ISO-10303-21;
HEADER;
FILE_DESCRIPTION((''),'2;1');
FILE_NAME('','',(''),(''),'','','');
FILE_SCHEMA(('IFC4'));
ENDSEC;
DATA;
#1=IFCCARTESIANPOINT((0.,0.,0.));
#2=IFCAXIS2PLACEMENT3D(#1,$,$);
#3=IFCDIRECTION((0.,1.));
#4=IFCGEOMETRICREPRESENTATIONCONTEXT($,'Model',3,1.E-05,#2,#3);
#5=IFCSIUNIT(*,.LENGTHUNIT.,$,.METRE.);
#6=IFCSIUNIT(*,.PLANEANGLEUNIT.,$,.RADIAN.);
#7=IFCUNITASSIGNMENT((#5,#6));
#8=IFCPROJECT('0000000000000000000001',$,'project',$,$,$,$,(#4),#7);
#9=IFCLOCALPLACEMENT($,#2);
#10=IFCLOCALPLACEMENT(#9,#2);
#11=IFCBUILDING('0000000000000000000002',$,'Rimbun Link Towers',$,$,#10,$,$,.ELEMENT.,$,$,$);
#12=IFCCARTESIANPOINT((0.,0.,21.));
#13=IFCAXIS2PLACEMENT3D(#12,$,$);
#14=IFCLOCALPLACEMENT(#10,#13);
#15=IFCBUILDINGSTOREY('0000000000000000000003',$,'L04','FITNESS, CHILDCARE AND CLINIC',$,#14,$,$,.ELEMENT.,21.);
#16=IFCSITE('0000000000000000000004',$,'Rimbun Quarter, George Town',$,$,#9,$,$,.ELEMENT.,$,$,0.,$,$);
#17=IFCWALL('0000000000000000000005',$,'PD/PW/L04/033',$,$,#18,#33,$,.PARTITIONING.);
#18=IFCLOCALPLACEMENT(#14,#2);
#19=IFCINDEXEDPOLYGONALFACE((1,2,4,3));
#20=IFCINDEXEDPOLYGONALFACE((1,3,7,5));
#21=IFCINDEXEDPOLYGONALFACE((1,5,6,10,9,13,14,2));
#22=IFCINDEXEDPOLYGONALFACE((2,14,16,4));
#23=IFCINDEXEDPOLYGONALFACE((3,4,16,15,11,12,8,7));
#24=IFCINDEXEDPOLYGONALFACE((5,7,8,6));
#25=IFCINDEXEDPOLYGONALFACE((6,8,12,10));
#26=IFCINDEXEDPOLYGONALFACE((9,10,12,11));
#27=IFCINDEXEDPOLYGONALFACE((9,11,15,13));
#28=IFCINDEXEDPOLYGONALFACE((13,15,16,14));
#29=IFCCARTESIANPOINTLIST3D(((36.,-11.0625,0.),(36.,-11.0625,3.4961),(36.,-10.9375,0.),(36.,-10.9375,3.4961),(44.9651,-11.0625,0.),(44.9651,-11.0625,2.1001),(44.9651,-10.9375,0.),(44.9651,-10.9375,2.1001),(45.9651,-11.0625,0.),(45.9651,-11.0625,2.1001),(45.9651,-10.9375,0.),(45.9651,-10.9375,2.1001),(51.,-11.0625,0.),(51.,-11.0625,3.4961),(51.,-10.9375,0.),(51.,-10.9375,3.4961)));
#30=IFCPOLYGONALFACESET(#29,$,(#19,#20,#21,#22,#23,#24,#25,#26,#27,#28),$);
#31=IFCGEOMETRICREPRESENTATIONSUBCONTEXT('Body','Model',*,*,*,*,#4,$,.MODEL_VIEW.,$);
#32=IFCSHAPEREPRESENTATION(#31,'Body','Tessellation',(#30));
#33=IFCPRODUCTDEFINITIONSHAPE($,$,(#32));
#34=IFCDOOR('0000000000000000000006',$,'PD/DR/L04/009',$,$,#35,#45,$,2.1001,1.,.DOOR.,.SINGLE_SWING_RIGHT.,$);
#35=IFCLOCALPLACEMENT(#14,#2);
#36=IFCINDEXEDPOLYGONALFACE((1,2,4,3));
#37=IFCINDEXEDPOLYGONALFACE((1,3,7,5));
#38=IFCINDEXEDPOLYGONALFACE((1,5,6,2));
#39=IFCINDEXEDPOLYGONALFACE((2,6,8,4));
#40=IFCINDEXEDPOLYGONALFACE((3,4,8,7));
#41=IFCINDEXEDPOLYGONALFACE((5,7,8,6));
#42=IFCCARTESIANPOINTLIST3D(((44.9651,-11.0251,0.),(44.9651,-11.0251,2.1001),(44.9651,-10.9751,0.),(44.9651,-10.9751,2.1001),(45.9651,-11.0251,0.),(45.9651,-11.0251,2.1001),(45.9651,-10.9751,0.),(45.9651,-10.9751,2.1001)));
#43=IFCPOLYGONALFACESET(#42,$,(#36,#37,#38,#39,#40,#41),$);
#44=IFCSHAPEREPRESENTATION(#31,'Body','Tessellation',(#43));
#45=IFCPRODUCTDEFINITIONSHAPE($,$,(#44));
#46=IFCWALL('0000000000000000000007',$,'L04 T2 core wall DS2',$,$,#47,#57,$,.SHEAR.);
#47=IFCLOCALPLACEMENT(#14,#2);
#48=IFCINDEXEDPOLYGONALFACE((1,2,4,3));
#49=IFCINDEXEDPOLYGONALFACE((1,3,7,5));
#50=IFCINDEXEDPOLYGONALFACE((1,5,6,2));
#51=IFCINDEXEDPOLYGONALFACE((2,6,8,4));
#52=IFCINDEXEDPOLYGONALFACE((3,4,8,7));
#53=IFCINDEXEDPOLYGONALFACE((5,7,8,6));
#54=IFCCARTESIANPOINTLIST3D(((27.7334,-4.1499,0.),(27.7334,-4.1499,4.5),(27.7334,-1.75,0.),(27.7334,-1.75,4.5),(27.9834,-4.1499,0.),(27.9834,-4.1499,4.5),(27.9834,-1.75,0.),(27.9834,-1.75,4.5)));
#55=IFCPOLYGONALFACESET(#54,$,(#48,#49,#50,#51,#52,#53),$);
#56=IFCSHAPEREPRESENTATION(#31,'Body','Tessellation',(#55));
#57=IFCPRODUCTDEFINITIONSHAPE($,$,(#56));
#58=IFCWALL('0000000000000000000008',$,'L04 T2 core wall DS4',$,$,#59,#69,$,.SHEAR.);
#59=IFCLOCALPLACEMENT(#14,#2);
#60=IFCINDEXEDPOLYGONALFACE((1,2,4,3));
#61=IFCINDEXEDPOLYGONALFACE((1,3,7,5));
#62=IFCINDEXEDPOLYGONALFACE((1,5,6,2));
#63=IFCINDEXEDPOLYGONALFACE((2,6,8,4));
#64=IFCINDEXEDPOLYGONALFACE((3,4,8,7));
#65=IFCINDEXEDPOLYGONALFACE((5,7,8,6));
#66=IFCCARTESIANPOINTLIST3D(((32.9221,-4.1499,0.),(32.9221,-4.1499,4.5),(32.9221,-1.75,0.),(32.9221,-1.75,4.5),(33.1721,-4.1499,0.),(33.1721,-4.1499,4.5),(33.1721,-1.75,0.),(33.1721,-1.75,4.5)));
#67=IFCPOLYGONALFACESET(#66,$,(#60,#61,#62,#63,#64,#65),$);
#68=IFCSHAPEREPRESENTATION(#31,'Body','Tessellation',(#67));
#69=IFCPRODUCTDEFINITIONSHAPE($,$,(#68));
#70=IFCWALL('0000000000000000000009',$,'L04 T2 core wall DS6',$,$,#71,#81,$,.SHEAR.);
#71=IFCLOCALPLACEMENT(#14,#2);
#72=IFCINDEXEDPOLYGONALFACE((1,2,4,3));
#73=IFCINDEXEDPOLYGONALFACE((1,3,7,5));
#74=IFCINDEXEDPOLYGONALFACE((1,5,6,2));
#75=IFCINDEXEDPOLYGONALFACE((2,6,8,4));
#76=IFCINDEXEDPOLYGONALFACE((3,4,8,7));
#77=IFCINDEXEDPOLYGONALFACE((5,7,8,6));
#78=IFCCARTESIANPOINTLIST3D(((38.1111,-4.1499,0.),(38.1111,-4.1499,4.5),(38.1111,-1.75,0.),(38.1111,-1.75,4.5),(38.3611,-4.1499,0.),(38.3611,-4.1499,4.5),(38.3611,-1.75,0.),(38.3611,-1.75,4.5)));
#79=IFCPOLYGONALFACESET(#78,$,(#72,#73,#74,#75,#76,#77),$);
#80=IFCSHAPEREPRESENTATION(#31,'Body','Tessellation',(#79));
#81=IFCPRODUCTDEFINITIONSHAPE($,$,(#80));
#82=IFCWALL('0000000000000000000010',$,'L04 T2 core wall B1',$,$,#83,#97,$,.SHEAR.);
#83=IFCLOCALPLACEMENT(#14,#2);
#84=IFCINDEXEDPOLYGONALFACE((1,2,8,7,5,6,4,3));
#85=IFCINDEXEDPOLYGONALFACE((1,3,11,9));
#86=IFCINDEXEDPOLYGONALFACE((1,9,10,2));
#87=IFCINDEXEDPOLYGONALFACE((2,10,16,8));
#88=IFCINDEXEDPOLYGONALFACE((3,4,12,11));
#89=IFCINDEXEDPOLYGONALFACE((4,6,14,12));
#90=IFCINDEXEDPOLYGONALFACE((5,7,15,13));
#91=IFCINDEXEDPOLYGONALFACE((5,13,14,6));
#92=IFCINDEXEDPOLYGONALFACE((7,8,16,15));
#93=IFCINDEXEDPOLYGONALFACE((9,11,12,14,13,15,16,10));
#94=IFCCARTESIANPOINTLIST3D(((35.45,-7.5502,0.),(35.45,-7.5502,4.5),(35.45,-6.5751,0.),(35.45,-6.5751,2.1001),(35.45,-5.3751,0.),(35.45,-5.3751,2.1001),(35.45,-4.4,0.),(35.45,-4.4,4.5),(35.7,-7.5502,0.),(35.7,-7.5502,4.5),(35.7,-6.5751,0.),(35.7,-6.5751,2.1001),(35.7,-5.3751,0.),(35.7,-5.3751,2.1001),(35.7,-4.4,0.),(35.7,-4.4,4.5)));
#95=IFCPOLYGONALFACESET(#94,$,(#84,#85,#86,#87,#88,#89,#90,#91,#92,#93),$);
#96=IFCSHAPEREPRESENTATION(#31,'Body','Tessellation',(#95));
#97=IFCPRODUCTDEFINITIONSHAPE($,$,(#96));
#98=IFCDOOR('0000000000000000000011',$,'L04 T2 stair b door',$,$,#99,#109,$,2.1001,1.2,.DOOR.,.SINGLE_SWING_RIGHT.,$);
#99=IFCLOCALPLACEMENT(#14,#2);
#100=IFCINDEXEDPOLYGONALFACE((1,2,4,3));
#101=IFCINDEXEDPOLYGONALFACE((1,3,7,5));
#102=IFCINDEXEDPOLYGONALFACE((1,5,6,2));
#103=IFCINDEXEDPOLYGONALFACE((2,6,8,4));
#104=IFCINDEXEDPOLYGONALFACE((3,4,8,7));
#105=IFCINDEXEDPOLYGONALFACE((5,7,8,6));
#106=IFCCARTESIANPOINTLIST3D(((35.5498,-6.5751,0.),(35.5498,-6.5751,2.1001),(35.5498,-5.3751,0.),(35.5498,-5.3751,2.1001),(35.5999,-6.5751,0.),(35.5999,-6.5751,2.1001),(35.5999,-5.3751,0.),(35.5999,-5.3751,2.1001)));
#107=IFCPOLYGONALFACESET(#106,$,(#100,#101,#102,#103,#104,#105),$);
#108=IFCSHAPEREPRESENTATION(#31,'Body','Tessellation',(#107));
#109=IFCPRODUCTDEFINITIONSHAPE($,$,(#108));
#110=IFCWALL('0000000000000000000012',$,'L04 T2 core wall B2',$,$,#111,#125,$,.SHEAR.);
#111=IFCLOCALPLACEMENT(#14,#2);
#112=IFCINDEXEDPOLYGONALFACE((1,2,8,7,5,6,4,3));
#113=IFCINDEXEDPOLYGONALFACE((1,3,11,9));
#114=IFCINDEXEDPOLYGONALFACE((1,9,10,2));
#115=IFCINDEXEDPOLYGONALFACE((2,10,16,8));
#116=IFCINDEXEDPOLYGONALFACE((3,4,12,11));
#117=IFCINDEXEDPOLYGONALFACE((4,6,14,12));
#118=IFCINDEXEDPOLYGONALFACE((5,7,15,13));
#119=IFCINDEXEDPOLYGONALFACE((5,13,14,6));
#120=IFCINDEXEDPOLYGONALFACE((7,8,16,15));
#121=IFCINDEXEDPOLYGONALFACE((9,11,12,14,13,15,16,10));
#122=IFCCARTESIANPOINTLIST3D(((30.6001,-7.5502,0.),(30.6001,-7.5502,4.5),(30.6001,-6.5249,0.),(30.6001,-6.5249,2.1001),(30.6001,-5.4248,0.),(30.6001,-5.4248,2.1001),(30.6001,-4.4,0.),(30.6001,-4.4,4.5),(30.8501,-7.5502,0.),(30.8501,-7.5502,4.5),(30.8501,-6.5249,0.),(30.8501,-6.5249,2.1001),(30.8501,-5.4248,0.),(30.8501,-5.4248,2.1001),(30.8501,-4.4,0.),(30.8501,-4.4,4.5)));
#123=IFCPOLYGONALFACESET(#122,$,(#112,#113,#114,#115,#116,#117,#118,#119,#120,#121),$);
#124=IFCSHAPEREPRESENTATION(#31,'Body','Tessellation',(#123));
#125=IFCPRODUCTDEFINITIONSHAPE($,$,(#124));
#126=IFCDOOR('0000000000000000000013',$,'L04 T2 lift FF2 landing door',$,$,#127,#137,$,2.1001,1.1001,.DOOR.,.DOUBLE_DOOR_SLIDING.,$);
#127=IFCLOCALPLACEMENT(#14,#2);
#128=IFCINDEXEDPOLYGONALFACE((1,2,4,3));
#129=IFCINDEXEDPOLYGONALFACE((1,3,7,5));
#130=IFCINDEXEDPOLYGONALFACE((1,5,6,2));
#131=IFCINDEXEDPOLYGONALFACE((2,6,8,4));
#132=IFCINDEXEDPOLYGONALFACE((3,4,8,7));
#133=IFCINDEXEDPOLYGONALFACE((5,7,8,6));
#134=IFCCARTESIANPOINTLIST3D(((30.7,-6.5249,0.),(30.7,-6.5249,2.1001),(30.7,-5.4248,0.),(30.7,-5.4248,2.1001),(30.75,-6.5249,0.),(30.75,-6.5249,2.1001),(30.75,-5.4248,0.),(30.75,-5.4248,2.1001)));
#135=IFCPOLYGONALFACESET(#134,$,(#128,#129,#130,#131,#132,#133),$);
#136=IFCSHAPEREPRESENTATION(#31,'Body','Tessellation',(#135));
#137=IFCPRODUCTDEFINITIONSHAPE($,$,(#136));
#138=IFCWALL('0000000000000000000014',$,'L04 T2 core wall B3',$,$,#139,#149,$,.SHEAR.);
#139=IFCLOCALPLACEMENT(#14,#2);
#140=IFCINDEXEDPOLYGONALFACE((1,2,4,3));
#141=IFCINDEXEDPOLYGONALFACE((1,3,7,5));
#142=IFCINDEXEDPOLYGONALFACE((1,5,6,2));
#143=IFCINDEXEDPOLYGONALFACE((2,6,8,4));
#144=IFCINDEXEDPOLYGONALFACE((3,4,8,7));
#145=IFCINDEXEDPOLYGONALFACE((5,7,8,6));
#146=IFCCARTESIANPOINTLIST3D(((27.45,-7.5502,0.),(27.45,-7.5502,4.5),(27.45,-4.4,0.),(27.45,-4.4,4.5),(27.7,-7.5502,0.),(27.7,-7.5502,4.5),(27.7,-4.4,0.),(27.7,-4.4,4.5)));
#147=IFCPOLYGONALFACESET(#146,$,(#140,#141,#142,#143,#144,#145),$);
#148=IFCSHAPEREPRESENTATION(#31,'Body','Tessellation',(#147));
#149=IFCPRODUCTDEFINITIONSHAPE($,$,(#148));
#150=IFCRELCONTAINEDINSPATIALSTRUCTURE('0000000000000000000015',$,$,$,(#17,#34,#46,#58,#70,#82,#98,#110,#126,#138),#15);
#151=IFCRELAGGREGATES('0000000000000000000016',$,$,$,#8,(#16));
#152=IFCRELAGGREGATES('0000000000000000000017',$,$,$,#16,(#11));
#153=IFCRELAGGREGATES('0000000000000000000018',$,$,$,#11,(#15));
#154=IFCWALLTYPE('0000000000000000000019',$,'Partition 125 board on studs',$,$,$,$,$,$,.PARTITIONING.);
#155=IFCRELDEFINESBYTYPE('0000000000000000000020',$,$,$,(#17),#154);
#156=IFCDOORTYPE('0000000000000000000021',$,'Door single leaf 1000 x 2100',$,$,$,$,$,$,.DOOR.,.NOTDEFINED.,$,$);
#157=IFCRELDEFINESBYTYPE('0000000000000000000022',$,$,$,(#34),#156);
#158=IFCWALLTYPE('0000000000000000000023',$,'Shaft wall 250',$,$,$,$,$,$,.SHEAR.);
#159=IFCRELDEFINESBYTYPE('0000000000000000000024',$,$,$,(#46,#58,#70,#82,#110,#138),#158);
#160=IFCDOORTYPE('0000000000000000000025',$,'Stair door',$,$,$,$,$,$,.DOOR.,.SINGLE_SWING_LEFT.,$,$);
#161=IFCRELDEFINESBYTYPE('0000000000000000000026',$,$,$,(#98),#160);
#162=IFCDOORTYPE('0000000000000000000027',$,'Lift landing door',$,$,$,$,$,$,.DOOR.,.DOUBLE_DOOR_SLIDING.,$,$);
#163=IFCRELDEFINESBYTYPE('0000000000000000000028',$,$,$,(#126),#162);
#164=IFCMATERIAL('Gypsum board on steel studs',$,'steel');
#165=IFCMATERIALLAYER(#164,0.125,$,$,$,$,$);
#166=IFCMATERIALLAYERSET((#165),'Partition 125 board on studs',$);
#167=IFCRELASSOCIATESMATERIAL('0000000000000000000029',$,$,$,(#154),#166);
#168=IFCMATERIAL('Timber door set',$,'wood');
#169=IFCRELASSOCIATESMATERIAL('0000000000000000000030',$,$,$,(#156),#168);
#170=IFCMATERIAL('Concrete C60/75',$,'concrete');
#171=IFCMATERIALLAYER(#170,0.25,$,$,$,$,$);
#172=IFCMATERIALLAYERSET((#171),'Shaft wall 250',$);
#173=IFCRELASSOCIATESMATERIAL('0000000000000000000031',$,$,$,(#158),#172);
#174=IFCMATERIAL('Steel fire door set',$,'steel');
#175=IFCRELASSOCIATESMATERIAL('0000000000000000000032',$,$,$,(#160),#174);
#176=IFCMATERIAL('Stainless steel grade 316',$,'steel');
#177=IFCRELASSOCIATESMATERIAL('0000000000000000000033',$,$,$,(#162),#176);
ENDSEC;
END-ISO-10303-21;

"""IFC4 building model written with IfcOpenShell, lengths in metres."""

from ifc_helpers import new_model, si_unit, direction, frame, frame_2d, origin, place, context, subcontext, project, spatial, rectangle, extrude, material, layer, layer_set, type_object, element, fill, save


model = new_model("IFC4")

# Units and contexts
model_context = context("Model", 3, precision=1e-05, world=origin(), true_north=direction((0.0, 1.0)))
body_context = subcontext(model_context, "Body", "Model", "MODEL_VIEW")
ifc_project = project(units=[si_unit("LENGTHUNIT", "METRE"), si_unit("PLANEANGLEUNIT", "RADIAN")], contexts=[model_context])

# Site, building, storey
site_placement = place(None, origin())
site = spatial("IfcSite", under=ifc_project, at=site_placement, Name="Rimbun Quarter, George Town", CompositionType="ELEMENT", RefElevation=0.0)
building_placement = place(site_placement, origin())
building = spatial("IfcBuilding", under=site, at=building_placement, Name="Rimbun Link Towers", CompositionType="ELEMENT")
storey_placement = place(building_placement, frame((0.0, 0.0, 21.0)))
storey = spatial("IfcBuildingStorey", under=building, at=storey_placement, Name="L04", Description="FITNESS, CHILDCARE AND CLINIC", CompositionType="ELEMENT", Elevation=21.0)

# Wall, opening, door
ifc_material_1 = material(Name="Gypsum board on steel studs", Category="steel")
ifc_layer_1 = layer(ifc_material_1, 0.125)
ifc_layer_set_1 = layer_set([ifc_layer_1], Name="Partition 125 board on studs")
wall_type_1 = type_object("IfcWallType", Name="Partition 125 board on studs", PredefinedType="PARTITIONING", material=ifc_layer_set_1)
wall_1_placement = place(storey_placement, frame((36.0, -11.0, 0.0), z_axis=(0.0, 0.0, 1.0), x_axis=(1.0, 0.0, 0.0)))
wall_1 = element("IfcWall", 1, at=wall_1_placement, inside=storey, type_object=wall_type_1, Name="PD/PW/L04/033", PredefinedType="PARTITIONING", context=body_context, shape_type="SweptSolid", body=[
    extrude(rectangle(XDim=15.0, YDim=0.125, at=frame_2d((7.5, 0.0))), origin(), (0.0, 0.0, 1.0), 3.4961),
])
opening_1_placement = place(wall_1_placement, frame((8.9651, 0.0, 0.0)))
opening_1 = element("IfcOpeningElement", 2, at=opening_1_placement, cuts=wall_1, PredefinedType="OPENING", context=body_context, shape_type="SweptSolid", body=[
    extrude(rectangle(XDim=1.0, YDim=2.1001, at=frame_2d((0.5, 1.05))), frame((0.0, 0.0725, 0.0), z_axis=(0.0, -1.0, 0.0), x_axis=(1.0, 0.0, 0.0)), (0.0, 0.0, 1.0), 0.145),
])
ifc_material_2 = material(Name="Timber door set", Category="wood")
door_type_1 = type_object("IfcDoorType", Name="Door single leaf 1000 x 2100", OperationType="NOTDEFINED", PredefinedType="DOOR", material=ifc_material_2)
door_1_placement = place(opening_1_placement, origin())
door_1 = element("IfcDoor", 3, at=door_1_placement, inside=storey, type_object=door_type_1, Name="PD/DR/L04/009", OperationType="SINGLE_SWING_RIGHT", OverallHeight=2.1001, OverallWidth=1.0, PredefinedType="DOOR", context=body_context, shape_type="SweptSolid", body=[
    extrude(rectangle(XDim=1.0, YDim=2.1001, at=frame_2d((0.5, 1.05))), frame((0.0, 0.0249, 0.0), z_axis=(0.0, -1.0, 0.0), x_axis=(1.0, 0.0, 0.0)), (0.0, 0.0, 1.0), 0.05),
])
fill(opening_1, door_1)

# Walls
ifc_material_3 = material(Name="Concrete C60/75", Category="concrete")
ifc_layer_2 = layer(ifc_material_3, 0.25)
ifc_layer_set_2 = layer_set([ifc_layer_2], Name="Shaft wall 250")
wall_type_2 = type_object("IfcWallType", Name="Shaft wall 250", PredefinedType="SHEAR", material=ifc_layer_set_2)
for number, where, z_axis, x_axis, name in (
    (4, (27.8584, -4.1499, 0.0), (0.0, 0.0, 1.0), (0.0, 1.0, 0.0), "L04 T2 core wall DS2"),
    (5, (33.0471, -4.1499, 0.0), (0.0, 0.0, 1.0), (0.0, 1.0, 0.0), "L04 T2 core wall DS4"),
    (6, (38.2361, -4.1499, 0.0), (0.0, 0.0, 1.0), (0.0, 1.0, 0.0), "L04 T2 core wall DS6"),
):
    element("IfcWall", number, at=place(storey_placement, frame(where, z_axis=z_axis, x_axis=x_axis)), inside=storey, type_object=wall_type_2, Name=name, PredefinedType="SHEAR", context=body_context, shape_type="SweptSolid", body=[
        extrude(rectangle(XDim=2.3999, YDim=0.25, at=frame_2d((1.2, 0.0))), origin(), (0.0, 0.0, 1.0), 4.5),
    ])

# Walls, openings, doors
wall_2_placement = place(storey_placement, frame((35.575, -4.3999, 0.0), z_axis=(0.0, 0.0, 1.0), x_axis=(0.0, -1.0, 0.0)))
wall_2 = element("IfcWall", 7, at=wall_2_placement, inside=storey, type_object=wall_type_2, Name="L04 T2 core wall B1", PredefinedType="SHEAR", context=body_context, shape_type="SweptSolid", body=[
    extrude(rectangle(XDim=3.1501, YDim=0.25, at=frame_2d((1.5752, 0.0))), origin(), (0.0, 0.0, 1.0), 4.5),
])
opening_2_placement = place(wall_2_placement, frame((0.9751, 0.0, 0.0)))
opening_2 = element("IfcOpeningElement", 8, at=opening_2_placement, cuts=wall_2, PredefinedType="OPENING", context=body_context, shape_type="SweptSolid", body=[
    extrude(rectangle(XDim=1.2, YDim=2.1001, at=frame_2d((0.6001, 1.05))), frame((0.0, 0.135, 0.0), z_axis=(0.0, -1.0, 0.0), x_axis=(1.0, 0.0, 0.0)), (0.0, 0.0, 1.0), 0.27),
])
ifc_material_4 = material(Name="Steel fire door set", Category="steel")
door_type_2 = type_object("IfcDoorType", Name="Stair door", OperationType="SINGLE_SWING_LEFT", PredefinedType="DOOR", material=ifc_material_4)
door_2_placement = place(opening_2_placement, origin())
door_2 = element("IfcDoor", 9, at=door_2_placement, inside=storey, type_object=door_type_2, Name="L04 T2 stair b door", OperationType="SINGLE_SWING_RIGHT", OverallHeight=2.1001, OverallWidth=1.2, PredefinedType="DOOR", context=body_context, shape_type="SweptSolid", body=[
    extrude(rectangle(XDim=1.2, YDim=2.1001, at=frame_2d((0.6001, 1.05))), frame((0.0, 0.0249, 0.0), z_axis=(0.0, -1.0, 0.0), x_axis=(1.0, 0.0, 0.0)), (0.0, 0.0, 1.0), 0.05),
])
fill(opening_2, door_2)
wall_3_placement = place(storey_placement, frame((30.7251, -4.3999, 0.0), z_axis=(0.0, 0.0, 1.0), x_axis=(0.0, -1.0, 0.0)))
wall_3 = element("IfcWall", 10, at=wall_3_placement, inside=storey, type_object=wall_type_2, Name="L04 T2 core wall B2", PredefinedType="SHEAR", context=body_context, shape_type="SweptSolid", body=[
    extrude(rectangle(XDim=3.1501, YDim=0.25, at=frame_2d((1.5752, 0.0))), origin(), (0.0, 0.0, 1.0), 4.5),
])
opening_3_placement = place(wall_3_placement, frame((1.0249, 0.0, 0.0)))
opening_3 = element("IfcOpeningElement", 11, at=opening_3_placement, cuts=wall_3, PredefinedType="OPENING", context=body_context, shape_type="SweptSolid", body=[
    extrude(rectangle(XDim=1.1001, YDim=2.1001, at=frame_2d((0.55, 1.05))), frame((0.0, 0.135, 0.0), z_axis=(0.0, -1.0, 0.0), x_axis=(1.0, 0.0, 0.0)), (0.0, 0.0, 1.0), 0.27),
])
ifc_material_5 = material(Name="Stainless steel grade 316", Category="steel")
door_type_3 = type_object("IfcDoorType", Name="Lift landing door", OperationType="DOUBLE_DOOR_SLIDING", PredefinedType="DOOR", material=ifc_material_5)
door_3_placement = place(opening_3_placement, origin())
door_3 = element("IfcDoor", 12, at=door_3_placement, inside=storey, type_object=door_type_3, Name="L04 T2 lift FF2 landing door", OperationType="DOUBLE_DOOR_SLIDING", OverallHeight=2.1001, OverallWidth=1.1001, PredefinedType="DOOR", context=body_context, shape_type="SweptSolid", body=[
    extrude(rectangle(XDim=1.1001, YDim=2.1001, at=frame_2d((0.55, 1.05))), frame((0.0, 0.0249, 0.0), z_axis=(0.0, -1.0, 0.0), x_axis=(1.0, 0.0, 0.0)), (0.0, 0.0, 1.0), 0.05),
])
fill(opening_3, door_3)

# Wall
wall_4_placement = place(storey_placement, frame((27.575, -4.3999, 0.0), z_axis=(0.0, 0.0, 1.0), x_axis=(0.0, -1.0, 0.0)))
element("IfcWall", 13, at=wall_4_placement, inside=storey, type_object=wall_type_2, Name="L04 T2 core wall B3", PredefinedType="SHEAR", context=body_context, shape_type="SweptSolid", body=[
    extrude(rectangle(XDim=3.1501, YDim=0.25, at=frame_2d((1.5752, 0.0))), origin(), (0.0, 0.0, 1.0), 4.5),
])

save(model, "model.ifc")
